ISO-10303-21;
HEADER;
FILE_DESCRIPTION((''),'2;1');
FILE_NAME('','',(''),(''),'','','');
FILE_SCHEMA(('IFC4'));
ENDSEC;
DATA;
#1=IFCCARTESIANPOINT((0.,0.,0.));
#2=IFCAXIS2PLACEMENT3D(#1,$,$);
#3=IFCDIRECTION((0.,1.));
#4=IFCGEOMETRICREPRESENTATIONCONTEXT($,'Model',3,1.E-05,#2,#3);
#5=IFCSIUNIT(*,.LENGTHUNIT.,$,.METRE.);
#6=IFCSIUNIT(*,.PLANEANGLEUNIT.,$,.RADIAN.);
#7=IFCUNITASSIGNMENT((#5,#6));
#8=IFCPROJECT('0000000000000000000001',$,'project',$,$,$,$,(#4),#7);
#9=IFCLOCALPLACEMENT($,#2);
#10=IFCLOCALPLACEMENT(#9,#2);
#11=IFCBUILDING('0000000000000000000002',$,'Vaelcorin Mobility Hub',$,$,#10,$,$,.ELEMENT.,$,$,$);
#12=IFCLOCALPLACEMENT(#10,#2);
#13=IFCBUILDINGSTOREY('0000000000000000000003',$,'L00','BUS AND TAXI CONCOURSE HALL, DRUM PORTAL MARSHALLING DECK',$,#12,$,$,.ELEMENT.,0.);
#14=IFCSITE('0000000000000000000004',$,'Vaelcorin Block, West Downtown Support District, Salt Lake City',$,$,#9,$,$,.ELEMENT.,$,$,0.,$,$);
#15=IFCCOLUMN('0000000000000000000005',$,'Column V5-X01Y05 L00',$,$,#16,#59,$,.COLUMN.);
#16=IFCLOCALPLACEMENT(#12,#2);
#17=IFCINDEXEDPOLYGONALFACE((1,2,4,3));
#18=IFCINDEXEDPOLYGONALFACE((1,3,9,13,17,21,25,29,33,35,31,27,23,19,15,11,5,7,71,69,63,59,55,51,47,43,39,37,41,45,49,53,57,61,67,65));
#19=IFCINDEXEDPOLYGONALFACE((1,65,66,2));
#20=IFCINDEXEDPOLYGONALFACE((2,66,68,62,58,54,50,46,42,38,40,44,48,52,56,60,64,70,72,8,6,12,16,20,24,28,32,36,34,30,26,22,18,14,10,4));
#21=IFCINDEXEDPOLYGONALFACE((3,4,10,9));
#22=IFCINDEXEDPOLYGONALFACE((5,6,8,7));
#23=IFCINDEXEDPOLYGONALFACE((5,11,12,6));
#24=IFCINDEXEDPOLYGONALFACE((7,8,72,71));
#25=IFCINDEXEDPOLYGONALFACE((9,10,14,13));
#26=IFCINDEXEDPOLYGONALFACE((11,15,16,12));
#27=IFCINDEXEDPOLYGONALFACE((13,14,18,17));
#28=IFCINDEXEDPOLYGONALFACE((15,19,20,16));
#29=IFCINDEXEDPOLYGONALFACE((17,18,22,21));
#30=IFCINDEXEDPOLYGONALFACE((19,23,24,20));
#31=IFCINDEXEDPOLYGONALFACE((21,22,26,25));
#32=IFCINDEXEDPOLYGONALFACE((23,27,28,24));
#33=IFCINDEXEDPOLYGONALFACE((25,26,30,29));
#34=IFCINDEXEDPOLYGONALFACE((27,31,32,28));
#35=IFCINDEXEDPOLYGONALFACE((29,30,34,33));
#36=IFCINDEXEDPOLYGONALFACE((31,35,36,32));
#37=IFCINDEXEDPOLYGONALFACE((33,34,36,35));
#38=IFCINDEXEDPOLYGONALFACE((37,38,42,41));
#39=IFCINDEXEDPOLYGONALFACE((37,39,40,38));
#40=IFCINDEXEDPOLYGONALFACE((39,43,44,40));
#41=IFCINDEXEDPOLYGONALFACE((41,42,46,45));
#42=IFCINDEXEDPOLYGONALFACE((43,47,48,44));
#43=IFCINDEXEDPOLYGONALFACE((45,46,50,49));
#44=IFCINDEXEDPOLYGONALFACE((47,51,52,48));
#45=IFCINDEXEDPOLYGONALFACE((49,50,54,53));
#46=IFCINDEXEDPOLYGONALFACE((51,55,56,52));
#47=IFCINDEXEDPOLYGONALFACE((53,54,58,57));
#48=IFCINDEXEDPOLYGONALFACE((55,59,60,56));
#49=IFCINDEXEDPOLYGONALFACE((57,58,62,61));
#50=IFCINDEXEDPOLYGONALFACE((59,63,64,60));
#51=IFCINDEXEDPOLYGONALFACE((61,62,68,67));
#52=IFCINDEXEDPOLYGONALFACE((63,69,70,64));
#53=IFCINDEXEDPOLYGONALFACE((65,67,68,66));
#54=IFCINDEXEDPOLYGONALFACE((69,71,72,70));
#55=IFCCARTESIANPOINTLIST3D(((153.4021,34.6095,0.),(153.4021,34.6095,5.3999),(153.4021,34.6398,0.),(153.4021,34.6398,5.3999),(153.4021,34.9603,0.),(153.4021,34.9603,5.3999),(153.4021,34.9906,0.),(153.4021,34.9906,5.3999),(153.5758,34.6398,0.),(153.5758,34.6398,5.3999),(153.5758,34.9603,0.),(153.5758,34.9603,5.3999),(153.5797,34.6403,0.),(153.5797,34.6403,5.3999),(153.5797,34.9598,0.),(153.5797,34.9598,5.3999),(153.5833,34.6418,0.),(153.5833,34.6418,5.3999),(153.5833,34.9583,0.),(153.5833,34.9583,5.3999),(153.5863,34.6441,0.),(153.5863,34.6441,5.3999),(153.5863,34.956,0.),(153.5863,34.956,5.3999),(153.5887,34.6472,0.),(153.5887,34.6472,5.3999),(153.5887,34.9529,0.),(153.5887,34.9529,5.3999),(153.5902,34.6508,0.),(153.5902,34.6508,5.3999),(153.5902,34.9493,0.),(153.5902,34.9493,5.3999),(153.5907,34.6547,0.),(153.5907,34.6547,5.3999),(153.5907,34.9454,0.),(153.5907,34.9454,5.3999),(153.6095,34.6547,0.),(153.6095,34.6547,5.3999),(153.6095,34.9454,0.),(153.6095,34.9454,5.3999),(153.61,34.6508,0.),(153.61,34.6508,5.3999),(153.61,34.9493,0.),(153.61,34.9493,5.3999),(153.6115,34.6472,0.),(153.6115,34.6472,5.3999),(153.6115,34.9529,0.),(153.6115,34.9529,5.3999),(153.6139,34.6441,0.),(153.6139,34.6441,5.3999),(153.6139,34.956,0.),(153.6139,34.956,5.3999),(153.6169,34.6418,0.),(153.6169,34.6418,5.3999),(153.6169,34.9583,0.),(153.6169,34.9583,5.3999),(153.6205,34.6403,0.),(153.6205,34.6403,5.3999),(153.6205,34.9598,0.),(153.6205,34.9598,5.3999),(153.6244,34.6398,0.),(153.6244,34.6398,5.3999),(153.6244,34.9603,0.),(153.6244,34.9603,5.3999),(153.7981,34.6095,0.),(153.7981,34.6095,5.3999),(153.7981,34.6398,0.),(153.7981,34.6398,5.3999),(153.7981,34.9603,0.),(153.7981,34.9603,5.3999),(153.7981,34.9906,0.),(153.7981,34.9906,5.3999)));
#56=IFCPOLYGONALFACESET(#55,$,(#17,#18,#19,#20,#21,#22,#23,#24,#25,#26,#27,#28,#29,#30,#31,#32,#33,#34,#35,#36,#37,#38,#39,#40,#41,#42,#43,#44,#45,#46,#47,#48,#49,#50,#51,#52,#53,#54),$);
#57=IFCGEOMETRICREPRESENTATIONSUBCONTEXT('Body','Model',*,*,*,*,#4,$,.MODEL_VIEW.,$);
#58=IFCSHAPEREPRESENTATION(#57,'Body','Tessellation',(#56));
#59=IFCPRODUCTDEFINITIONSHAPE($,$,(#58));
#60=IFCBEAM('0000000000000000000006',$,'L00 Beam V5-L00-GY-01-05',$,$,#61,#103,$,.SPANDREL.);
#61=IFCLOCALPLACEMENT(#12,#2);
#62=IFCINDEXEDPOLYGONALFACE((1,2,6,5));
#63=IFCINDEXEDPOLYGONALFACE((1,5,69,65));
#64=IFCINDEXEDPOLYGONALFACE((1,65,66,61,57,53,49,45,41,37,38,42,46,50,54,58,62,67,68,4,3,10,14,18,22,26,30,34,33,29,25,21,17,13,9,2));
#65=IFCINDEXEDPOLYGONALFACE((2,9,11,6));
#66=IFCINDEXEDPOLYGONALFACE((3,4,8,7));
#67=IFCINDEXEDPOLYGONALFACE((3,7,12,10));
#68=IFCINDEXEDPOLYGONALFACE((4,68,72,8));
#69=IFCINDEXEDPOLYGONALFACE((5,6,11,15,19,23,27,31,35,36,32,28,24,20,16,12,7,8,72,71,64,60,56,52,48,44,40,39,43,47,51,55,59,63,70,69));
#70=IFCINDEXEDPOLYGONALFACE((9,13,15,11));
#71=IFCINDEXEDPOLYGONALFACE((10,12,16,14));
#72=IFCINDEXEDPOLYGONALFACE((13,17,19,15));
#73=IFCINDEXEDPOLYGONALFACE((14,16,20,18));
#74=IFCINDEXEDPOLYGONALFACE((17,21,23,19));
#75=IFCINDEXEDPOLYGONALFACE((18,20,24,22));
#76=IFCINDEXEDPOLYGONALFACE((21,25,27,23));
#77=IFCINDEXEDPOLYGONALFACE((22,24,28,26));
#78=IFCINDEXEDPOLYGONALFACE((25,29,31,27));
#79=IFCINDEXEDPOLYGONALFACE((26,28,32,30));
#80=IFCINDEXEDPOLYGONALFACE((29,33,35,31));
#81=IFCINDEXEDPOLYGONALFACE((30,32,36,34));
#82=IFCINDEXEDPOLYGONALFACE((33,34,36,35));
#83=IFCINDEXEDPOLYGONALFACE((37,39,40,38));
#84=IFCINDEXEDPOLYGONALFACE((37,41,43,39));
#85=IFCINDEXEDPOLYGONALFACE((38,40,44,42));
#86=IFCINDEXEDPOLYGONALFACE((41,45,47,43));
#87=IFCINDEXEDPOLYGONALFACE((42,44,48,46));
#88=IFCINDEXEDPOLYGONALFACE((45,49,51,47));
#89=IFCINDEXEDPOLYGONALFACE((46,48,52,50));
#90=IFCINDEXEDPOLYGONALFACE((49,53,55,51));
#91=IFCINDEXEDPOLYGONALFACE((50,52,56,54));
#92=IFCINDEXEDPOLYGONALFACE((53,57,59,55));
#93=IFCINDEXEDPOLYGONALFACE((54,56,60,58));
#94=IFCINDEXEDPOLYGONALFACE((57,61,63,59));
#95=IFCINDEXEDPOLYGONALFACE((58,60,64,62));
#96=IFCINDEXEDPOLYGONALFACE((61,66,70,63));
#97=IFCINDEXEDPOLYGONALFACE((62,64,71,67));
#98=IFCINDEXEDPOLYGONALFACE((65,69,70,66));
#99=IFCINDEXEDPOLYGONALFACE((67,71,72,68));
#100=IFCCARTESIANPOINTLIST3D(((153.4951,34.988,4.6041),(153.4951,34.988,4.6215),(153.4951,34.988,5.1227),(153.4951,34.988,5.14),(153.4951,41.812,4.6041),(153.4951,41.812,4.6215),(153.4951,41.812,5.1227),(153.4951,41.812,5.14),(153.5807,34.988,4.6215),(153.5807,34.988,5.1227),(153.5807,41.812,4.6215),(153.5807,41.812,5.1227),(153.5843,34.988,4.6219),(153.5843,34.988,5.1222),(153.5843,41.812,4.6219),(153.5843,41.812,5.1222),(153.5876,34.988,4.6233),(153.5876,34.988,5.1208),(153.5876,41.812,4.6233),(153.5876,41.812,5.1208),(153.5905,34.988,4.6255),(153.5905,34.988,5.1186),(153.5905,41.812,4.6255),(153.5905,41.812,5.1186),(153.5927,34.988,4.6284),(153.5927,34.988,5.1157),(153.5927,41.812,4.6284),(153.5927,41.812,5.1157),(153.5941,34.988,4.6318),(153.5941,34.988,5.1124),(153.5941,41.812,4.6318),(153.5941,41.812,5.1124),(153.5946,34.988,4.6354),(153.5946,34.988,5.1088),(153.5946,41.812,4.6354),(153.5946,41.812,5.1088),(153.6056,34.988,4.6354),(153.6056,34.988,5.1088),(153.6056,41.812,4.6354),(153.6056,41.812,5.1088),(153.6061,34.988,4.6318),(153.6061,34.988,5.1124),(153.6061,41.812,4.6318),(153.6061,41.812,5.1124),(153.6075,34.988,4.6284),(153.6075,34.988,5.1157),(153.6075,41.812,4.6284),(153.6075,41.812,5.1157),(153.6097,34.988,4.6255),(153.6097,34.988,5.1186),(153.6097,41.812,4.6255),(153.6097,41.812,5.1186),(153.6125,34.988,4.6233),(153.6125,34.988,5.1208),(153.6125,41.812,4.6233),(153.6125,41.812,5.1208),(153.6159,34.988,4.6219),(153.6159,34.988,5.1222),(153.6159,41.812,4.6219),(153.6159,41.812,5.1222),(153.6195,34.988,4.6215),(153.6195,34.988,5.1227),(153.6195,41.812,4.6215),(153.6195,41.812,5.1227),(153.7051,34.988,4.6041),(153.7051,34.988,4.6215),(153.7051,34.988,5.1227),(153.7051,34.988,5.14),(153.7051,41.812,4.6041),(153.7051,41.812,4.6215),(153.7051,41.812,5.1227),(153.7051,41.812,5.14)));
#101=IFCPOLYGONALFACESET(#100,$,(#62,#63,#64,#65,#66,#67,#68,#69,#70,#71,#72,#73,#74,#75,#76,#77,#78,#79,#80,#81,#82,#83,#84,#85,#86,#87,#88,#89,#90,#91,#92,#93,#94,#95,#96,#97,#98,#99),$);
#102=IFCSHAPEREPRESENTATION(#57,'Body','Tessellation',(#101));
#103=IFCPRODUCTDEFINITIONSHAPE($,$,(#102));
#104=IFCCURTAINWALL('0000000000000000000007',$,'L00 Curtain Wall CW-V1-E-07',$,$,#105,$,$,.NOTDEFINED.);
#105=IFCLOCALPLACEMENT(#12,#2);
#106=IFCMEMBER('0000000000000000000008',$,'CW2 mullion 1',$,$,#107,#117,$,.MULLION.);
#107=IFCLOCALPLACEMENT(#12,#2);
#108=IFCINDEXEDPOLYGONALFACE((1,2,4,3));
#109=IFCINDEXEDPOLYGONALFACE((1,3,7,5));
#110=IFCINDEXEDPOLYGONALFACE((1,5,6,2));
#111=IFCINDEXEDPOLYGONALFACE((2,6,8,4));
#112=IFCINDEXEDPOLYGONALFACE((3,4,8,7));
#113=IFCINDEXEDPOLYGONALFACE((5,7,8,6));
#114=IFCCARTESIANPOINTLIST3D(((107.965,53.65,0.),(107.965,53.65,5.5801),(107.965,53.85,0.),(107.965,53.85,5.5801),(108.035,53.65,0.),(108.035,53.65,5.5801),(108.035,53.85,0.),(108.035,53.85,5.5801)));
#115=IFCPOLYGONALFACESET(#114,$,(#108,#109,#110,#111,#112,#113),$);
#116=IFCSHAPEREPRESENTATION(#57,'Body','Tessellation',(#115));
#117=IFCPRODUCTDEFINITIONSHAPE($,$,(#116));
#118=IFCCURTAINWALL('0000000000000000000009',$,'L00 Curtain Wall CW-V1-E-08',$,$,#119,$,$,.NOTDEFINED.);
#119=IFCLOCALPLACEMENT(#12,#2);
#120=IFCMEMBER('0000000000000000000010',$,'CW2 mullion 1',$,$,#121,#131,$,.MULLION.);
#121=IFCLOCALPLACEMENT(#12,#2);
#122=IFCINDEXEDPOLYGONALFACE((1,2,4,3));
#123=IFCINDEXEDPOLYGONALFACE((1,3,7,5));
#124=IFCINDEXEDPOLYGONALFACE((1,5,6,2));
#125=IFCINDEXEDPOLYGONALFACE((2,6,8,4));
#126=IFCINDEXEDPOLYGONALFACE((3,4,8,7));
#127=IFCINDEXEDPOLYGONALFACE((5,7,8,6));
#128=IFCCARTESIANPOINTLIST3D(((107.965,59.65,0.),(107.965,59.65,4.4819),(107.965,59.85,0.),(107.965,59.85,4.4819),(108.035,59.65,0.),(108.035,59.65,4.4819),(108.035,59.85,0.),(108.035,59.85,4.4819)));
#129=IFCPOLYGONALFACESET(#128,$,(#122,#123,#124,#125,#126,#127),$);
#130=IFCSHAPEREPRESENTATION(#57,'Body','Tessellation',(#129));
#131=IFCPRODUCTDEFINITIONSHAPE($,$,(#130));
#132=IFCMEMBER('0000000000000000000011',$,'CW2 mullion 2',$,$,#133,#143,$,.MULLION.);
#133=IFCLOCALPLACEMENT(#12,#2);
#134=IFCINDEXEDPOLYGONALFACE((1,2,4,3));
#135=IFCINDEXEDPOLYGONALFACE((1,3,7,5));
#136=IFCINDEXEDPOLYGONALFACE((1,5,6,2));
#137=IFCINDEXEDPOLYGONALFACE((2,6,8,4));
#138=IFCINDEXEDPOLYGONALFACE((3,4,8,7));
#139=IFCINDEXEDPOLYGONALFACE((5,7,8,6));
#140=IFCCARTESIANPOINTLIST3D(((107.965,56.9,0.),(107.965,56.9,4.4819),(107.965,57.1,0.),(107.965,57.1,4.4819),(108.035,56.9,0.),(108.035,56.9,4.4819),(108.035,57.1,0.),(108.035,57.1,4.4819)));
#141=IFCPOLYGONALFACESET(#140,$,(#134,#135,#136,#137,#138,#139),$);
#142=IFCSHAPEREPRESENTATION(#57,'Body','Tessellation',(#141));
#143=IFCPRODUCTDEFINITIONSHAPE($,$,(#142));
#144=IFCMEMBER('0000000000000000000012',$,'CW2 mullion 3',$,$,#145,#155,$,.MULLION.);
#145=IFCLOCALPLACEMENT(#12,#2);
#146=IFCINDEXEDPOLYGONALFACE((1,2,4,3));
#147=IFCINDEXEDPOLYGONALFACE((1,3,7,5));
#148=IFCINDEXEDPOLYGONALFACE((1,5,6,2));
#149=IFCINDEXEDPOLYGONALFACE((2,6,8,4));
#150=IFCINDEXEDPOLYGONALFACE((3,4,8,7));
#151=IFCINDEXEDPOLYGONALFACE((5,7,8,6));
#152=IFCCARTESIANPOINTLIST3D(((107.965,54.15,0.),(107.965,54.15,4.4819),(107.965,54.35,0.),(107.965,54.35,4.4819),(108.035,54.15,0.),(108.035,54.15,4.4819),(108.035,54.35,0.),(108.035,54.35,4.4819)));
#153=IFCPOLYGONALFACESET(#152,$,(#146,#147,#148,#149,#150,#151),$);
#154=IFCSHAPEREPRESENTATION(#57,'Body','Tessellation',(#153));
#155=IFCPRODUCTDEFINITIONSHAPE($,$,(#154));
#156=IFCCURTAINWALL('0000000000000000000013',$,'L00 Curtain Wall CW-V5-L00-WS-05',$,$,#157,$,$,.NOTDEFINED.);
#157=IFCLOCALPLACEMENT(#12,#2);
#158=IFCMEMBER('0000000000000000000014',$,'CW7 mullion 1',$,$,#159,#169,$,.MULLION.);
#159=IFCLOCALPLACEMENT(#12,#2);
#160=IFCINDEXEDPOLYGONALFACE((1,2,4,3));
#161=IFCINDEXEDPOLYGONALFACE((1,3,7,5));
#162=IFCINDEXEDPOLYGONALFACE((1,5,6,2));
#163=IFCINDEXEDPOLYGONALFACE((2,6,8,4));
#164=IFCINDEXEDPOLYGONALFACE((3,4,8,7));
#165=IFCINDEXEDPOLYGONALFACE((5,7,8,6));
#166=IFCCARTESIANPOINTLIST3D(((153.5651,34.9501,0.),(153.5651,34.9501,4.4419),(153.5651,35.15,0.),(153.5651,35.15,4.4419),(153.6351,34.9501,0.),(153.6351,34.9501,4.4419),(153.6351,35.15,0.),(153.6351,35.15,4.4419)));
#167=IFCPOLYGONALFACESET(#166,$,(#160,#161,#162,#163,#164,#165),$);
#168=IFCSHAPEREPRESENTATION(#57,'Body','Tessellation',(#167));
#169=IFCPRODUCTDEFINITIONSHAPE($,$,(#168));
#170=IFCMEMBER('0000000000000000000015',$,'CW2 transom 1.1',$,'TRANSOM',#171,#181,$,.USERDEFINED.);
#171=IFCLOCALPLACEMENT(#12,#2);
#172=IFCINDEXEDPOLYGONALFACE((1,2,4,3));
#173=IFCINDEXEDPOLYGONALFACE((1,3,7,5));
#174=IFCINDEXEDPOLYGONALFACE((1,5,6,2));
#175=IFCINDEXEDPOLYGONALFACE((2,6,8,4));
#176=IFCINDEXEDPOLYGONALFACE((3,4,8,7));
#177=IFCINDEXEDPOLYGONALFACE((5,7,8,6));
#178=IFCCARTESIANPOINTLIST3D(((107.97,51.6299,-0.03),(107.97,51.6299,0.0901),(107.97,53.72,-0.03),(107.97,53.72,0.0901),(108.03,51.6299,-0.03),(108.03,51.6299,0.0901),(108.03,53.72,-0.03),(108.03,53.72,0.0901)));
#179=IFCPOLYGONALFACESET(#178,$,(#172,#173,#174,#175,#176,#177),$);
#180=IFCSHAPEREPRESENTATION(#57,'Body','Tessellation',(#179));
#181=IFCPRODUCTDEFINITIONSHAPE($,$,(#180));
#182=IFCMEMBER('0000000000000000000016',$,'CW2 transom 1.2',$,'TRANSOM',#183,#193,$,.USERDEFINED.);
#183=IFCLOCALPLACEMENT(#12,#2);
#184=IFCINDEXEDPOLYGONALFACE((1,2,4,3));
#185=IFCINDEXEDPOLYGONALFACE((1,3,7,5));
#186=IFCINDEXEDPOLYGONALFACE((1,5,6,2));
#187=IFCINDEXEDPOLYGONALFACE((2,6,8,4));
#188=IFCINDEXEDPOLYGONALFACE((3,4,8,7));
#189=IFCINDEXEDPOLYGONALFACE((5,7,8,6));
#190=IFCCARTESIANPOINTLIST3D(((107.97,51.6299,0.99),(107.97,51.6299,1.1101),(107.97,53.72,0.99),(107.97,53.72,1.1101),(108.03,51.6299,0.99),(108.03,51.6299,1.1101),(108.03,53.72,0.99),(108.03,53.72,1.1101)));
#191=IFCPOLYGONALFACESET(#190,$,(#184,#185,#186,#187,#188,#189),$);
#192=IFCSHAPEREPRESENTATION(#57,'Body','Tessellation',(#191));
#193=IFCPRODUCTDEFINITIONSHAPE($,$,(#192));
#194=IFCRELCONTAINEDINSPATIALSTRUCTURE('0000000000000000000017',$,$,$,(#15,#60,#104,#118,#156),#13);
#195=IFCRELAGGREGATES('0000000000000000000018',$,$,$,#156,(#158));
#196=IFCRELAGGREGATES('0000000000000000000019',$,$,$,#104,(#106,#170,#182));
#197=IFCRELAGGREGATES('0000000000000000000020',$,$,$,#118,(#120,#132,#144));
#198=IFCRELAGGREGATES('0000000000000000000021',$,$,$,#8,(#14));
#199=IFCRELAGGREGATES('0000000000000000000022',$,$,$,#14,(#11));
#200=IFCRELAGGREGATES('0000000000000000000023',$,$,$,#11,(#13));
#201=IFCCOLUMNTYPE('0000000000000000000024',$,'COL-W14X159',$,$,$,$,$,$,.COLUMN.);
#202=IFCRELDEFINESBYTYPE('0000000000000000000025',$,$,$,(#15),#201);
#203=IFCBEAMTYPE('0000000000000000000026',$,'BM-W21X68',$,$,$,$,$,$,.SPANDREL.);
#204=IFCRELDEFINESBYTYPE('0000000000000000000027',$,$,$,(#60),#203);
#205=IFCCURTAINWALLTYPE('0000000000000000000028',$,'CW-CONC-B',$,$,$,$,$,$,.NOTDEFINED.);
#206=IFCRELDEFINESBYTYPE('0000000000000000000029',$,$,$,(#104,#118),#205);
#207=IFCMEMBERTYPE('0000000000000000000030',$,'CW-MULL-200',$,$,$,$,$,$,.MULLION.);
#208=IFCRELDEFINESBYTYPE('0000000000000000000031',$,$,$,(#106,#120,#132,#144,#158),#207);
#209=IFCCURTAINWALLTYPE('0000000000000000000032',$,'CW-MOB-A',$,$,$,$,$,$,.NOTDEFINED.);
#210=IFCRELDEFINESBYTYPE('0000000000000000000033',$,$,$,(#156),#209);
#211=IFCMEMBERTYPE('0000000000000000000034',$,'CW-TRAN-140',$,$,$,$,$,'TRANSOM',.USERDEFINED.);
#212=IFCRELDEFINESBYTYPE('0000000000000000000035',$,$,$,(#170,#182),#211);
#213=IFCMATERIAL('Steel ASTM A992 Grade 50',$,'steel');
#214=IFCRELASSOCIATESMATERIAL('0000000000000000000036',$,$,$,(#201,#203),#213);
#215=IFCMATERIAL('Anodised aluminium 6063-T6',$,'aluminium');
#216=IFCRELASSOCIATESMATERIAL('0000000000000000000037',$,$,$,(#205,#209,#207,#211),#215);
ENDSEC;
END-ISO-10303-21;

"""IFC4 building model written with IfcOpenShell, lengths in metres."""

from ifc_helpers import new_model, si_unit, direction, frame, origin, origin_2d, place, context, subcontext, project, spatial, rectangle, i_section, extrude, material, material_profile, profile_set, type_object, element, aggregate, save


model = new_model("IFC4")

# Units and contexts
model_context = context("Model", 3, precision=1e-05, world=origin(), true_north=direction((0.0, 1.0)))
body_context = subcontext(model_context, "Body", "Model", "MODEL_VIEW")
ifc_project = project(units=[si_unit("LENGTHUNIT", "METRE"), si_unit("PLANEANGLEUNIT", "RADIAN")], contexts=[model_context])

# Site, building, storey
site_placement = place(None, origin())
site = spatial("IfcSite", under=ifc_project, at=site_placement, Name="Vaelcorin Block, West Downtown Support District, Salt Lake City", CompositionType="ELEMENT", RefElevation=0.0)
building_placement = place(site_placement, origin())
building = spatial("IfcBuilding", under=site, at=building_placement, Name="Vaelcorin Mobility Hub", CompositionType="ELEMENT")
storey_placement = place(building_placement, origin())
storey = spatial("IfcBuildingStorey", under=building, at=storey_placement, Name="L00", Description="BUS AND TAXI CONCOURSE HALL, DRUM PORTAL MARSHALLING DECK", CompositionType="ELEMENT", Elevation=0.0)

# Column
ifc_material_1 = material(Name="Steel ASTM A992 Grade 50", Category="steel")
ifc_material_profile_1 = material_profile(ifc_material_1, i_section(OverallWidth=0.396, OverallDepth=0.3811, WebThickness=0.0188, FlangeThickness=0.0303, FilletRadius=0.0149, at=origin_2d()), Name="W14X159")
ifc_profile_set_1 = profile_set([ifc_material_profile_1], Name="Steel ASTM A992 Grade 50")
column_type = type_object("IfcColumnType", Name="COL-W14X159", PredefinedType="COLUMN", material=ifc_profile_set_1)
column_placement = place(storey_placement, frame((153.6001, 34.8, 0.0), z_axis=(0.0, 0.0, 1.0), x_axis=(1.0, 0.0, 0.0)))
element("IfcColumn", 1, at=column_placement, inside=storey, type_object=column_type, Name="Column V5-X01Y05 L00", PredefinedType="COLUMN", context=body_context, shape_type="SweptSolid", body=[
    extrude(i_section(OverallWidth=0.396, OverallDepth=0.3811, WebThickness=0.0188, FlangeThickness=0.0303, FilletRadius=0.0149, at=origin_2d()), origin(), (0.0, 0.0, 1.0), 5.3999),
])

# Beam
ifc_material_profile_2 = material_profile(ifc_material_1, i_section(OverallWidth=0.21, OverallDepth=0.5359, WebThickness=0.011, FlangeThickness=0.0173, FilletRadius=0.0139, at=origin_2d()), Name="W21X68")
ifc_profile_set_2 = profile_set([ifc_material_profile_2], Name="Steel ASTM A992 Grade 50")
beam_type = type_object("IfcBeamType", Name="BM-W21X68", PredefinedType="SPANDREL", material=ifc_profile_set_2)
beam_placement = place(storey_placement, frame((153.6001, 34.988, 4.8721), z_axis=(0.0, 1.0, 0.0), x_axis=(-1.0, 0.0, 0.0)))
element("IfcBeam", 2, at=beam_placement, inside=storey, type_object=beam_type, Name="L00 Beam V5-L00-GY-01-05", PredefinedType="SPANDREL", context=body_context, shape_type="SweptSolid", body=[
    extrude(i_section(OverallWidth=0.21, OverallDepth=0.5359, WebThickness=0.011, FlangeThickness=0.0173, FilletRadius=0.0139, at=origin_2d()), origin(), (0.0, 0.0, 1.0), 6.824),
])

# Curtain wall, member
ifc_material_2 = material(Name="Anodised aluminium 6063-T6", Category="aluminium")
curtain_wall_type_1 = type_object("IfcCurtainWallType", Name="CW-CONC-B", PredefinedType="NOTDEFINED", material=ifc_material_2)
curtain_wall_1_placement = place(storey_placement, origin())
curtain_wall_1 = element("IfcCurtainWall", 3, at=curtain_wall_1_placement, inside=storey, type_object=curtain_wall_type_1, Name="L00 Curtain Wall CW-V1-E-07", PredefinedType="NOTDEFINED")
ifc_material_profile_3 = material_profile(ifc_material_2, rectangle(XDim=0.0701, YDim=0.2, at=origin_2d()), Name="ALU-M70X200")
ifc_profile_set_3 = profile_set([ifc_material_profile_3], Name="Anodised aluminium 6063-T6")
member_type_1 = type_object("IfcMemberType", Name="CW-MULL-200", PredefinedType="MULLION", material=ifc_profile_set_3)
member_1_placement = place(storey_placement, frame((108.0, 53.75, 0.0), z_axis=(0.0, 0.0, 1.0), x_axis=(1.0, 0.0, 0.0)))
member_1 = element("IfcMember", 4, at=member_1_placement, type_object=member_type_1, Name="CW2 mullion 1", PredefinedType="MULLION", context=body_context, shape_type="SweptSolid", body=[
    extrude(rectangle(XDim=0.0701, YDim=0.2, at=origin_2d()), origin(), (0.0, 0.0, 1.0), 5.5801),
])

# Curtain wall, members
curtain_wall_2_placement = place(storey_placement, origin())
curtain_wall_2 = element("IfcCurtainWall", 5, at=curtain_wall_2_placement, inside=storey, type_object=curtain_wall_type_1, Name="L00 Curtain Wall CW-V1-E-08", PredefinedType="NOTDEFINED")
member_2_placement = place(storey_placement, frame((108.0, 59.75, 0.0), z_axis=(0.0, 0.0, 1.0), x_axis=(1.0, 0.0, 0.0)))
member_2 = element("IfcMember", 6, at=member_2_placement, type_object=member_type_1, Name="CW2 mullion 1", PredefinedType="MULLION", context=body_context, shape_type="SweptSolid", body=[
    extrude(rectangle(XDim=0.0701, YDim=0.2, at=origin_2d()), origin(), (0.0, 0.0, 1.0), 4.4819),
])
member_3_placement = place(storey_placement, frame((108.0, 57.0, 0.0), z_axis=(0.0, 0.0, 1.0), x_axis=(1.0, 0.0, 0.0)))
member_3 = element("IfcMember", 7, at=member_3_placement, type_object=member_type_1, Name="CW2 mullion 2", PredefinedType="MULLION", context=body_context, shape_type="SweptSolid", body=[
    extrude(rectangle(XDim=0.0701, YDim=0.2, at=origin_2d()), origin(), (0.0, 0.0, 1.0), 4.4819),
])
member_4_placement = place(storey_placement, frame((108.0, 54.25, 0.0), z_axis=(0.0, 0.0, 1.0), x_axis=(1.0, 0.0, 0.0)))
member_4 = element("IfcMember", 8, at=member_4_placement, type_object=member_type_1, Name="CW2 mullion 3", PredefinedType="MULLION", context=body_context, shape_type="SweptSolid", body=[
    extrude(rectangle(XDim=0.0701, YDim=0.2, at=origin_2d()), origin(), (0.0, 0.0, 1.0), 4.4819),
])

# Curtain wall, member
curtain_wall_type_2 = type_object("IfcCurtainWallType", Name="CW-MOB-A", PredefinedType="NOTDEFINED", material=ifc_material_2)
curtain_wall_3_placement = place(storey_placement, origin())
curtain_wall_3 = element("IfcCurtainWall", 9, at=curtain_wall_3_placement, inside=storey, type_object=curtain_wall_type_2, Name="L00 Curtain Wall CW-V5-L00-WS-05", PredefinedType="NOTDEFINED")
member_5_placement = place(storey_placement, frame((153.6001, 35.05, 0.0), z_axis=(0.0, 0.0, 1.0), x_axis=(-1.0, 0.0, 0.0)))
member_5 = element("IfcMember", 10, at=member_5_placement, type_object=member_type_1, Name="CW7 mullion 1", PredefinedType="MULLION", context=body_context, shape_type="SweptSolid", body=[
    extrude(rectangle(XDim=0.0701, YDim=0.2, at=origin_2d()), origin(), (0.0, 0.0, 1.0), 4.4419),
])
aggregate(curtain_wall_3, [member_5])

# Members
ifc_material_profile_4 = material_profile(ifc_material_2, rectangle(XDim=0.0601, YDim=0.1201, at=origin_2d()), Name="ALU-T60X120")
ifc_profile_set_4 = profile_set([ifc_material_profile_4], Name="Anodised aluminium 6063-T6")
member_type_2 = type_object("IfcMemberType", Name="CW-TRAN-140", ElementType="TRANSOM", PredefinedType="USERDEFINED", material=ifc_profile_set_4)
member_6_placement = place(storey_placement, frame((108.0, 53.72, 0.03), z_axis=(0.0, -1.0, 0.0), x_axis=(1.0, 0.0, 0.0)))
member_6 = element("IfcMember", 11, at=member_6_placement, type_object=member_type_2, Name="CW2 transom 1.1", ObjectType="TRANSOM", PredefinedType="USERDEFINED", context=body_context, shape_type="SweptSolid", body=[
    extrude(rectangle(XDim=0.0601, YDim=0.1201, at=origin_2d()), origin(), (0.0, 0.0, 1.0), 2.0901),
])
member_7_placement = place(storey_placement, frame((108.0, 53.72, 1.05), z_axis=(0.0, -1.0, 0.0), x_axis=(1.0, 0.0, 0.0)))
member_7 = element("IfcMember", 12, at=member_7_placement, type_object=member_type_2, Name="CW2 transom 1.2", ObjectType="TRANSOM", PredefinedType="USERDEFINED", context=body_context, shape_type="SweptSolid", body=[
    extrude(rectangle(XDim=0.0601, YDim=0.1201, at=origin_2d()), origin(), (0.0, 0.0, 1.0), 2.0901),
])
aggregate(curtain_wall_1, [member_1, member_6, member_7])

aggregate(curtain_wall_2, [member_2, member_3, member_4])

save(model, "model.ifc")
